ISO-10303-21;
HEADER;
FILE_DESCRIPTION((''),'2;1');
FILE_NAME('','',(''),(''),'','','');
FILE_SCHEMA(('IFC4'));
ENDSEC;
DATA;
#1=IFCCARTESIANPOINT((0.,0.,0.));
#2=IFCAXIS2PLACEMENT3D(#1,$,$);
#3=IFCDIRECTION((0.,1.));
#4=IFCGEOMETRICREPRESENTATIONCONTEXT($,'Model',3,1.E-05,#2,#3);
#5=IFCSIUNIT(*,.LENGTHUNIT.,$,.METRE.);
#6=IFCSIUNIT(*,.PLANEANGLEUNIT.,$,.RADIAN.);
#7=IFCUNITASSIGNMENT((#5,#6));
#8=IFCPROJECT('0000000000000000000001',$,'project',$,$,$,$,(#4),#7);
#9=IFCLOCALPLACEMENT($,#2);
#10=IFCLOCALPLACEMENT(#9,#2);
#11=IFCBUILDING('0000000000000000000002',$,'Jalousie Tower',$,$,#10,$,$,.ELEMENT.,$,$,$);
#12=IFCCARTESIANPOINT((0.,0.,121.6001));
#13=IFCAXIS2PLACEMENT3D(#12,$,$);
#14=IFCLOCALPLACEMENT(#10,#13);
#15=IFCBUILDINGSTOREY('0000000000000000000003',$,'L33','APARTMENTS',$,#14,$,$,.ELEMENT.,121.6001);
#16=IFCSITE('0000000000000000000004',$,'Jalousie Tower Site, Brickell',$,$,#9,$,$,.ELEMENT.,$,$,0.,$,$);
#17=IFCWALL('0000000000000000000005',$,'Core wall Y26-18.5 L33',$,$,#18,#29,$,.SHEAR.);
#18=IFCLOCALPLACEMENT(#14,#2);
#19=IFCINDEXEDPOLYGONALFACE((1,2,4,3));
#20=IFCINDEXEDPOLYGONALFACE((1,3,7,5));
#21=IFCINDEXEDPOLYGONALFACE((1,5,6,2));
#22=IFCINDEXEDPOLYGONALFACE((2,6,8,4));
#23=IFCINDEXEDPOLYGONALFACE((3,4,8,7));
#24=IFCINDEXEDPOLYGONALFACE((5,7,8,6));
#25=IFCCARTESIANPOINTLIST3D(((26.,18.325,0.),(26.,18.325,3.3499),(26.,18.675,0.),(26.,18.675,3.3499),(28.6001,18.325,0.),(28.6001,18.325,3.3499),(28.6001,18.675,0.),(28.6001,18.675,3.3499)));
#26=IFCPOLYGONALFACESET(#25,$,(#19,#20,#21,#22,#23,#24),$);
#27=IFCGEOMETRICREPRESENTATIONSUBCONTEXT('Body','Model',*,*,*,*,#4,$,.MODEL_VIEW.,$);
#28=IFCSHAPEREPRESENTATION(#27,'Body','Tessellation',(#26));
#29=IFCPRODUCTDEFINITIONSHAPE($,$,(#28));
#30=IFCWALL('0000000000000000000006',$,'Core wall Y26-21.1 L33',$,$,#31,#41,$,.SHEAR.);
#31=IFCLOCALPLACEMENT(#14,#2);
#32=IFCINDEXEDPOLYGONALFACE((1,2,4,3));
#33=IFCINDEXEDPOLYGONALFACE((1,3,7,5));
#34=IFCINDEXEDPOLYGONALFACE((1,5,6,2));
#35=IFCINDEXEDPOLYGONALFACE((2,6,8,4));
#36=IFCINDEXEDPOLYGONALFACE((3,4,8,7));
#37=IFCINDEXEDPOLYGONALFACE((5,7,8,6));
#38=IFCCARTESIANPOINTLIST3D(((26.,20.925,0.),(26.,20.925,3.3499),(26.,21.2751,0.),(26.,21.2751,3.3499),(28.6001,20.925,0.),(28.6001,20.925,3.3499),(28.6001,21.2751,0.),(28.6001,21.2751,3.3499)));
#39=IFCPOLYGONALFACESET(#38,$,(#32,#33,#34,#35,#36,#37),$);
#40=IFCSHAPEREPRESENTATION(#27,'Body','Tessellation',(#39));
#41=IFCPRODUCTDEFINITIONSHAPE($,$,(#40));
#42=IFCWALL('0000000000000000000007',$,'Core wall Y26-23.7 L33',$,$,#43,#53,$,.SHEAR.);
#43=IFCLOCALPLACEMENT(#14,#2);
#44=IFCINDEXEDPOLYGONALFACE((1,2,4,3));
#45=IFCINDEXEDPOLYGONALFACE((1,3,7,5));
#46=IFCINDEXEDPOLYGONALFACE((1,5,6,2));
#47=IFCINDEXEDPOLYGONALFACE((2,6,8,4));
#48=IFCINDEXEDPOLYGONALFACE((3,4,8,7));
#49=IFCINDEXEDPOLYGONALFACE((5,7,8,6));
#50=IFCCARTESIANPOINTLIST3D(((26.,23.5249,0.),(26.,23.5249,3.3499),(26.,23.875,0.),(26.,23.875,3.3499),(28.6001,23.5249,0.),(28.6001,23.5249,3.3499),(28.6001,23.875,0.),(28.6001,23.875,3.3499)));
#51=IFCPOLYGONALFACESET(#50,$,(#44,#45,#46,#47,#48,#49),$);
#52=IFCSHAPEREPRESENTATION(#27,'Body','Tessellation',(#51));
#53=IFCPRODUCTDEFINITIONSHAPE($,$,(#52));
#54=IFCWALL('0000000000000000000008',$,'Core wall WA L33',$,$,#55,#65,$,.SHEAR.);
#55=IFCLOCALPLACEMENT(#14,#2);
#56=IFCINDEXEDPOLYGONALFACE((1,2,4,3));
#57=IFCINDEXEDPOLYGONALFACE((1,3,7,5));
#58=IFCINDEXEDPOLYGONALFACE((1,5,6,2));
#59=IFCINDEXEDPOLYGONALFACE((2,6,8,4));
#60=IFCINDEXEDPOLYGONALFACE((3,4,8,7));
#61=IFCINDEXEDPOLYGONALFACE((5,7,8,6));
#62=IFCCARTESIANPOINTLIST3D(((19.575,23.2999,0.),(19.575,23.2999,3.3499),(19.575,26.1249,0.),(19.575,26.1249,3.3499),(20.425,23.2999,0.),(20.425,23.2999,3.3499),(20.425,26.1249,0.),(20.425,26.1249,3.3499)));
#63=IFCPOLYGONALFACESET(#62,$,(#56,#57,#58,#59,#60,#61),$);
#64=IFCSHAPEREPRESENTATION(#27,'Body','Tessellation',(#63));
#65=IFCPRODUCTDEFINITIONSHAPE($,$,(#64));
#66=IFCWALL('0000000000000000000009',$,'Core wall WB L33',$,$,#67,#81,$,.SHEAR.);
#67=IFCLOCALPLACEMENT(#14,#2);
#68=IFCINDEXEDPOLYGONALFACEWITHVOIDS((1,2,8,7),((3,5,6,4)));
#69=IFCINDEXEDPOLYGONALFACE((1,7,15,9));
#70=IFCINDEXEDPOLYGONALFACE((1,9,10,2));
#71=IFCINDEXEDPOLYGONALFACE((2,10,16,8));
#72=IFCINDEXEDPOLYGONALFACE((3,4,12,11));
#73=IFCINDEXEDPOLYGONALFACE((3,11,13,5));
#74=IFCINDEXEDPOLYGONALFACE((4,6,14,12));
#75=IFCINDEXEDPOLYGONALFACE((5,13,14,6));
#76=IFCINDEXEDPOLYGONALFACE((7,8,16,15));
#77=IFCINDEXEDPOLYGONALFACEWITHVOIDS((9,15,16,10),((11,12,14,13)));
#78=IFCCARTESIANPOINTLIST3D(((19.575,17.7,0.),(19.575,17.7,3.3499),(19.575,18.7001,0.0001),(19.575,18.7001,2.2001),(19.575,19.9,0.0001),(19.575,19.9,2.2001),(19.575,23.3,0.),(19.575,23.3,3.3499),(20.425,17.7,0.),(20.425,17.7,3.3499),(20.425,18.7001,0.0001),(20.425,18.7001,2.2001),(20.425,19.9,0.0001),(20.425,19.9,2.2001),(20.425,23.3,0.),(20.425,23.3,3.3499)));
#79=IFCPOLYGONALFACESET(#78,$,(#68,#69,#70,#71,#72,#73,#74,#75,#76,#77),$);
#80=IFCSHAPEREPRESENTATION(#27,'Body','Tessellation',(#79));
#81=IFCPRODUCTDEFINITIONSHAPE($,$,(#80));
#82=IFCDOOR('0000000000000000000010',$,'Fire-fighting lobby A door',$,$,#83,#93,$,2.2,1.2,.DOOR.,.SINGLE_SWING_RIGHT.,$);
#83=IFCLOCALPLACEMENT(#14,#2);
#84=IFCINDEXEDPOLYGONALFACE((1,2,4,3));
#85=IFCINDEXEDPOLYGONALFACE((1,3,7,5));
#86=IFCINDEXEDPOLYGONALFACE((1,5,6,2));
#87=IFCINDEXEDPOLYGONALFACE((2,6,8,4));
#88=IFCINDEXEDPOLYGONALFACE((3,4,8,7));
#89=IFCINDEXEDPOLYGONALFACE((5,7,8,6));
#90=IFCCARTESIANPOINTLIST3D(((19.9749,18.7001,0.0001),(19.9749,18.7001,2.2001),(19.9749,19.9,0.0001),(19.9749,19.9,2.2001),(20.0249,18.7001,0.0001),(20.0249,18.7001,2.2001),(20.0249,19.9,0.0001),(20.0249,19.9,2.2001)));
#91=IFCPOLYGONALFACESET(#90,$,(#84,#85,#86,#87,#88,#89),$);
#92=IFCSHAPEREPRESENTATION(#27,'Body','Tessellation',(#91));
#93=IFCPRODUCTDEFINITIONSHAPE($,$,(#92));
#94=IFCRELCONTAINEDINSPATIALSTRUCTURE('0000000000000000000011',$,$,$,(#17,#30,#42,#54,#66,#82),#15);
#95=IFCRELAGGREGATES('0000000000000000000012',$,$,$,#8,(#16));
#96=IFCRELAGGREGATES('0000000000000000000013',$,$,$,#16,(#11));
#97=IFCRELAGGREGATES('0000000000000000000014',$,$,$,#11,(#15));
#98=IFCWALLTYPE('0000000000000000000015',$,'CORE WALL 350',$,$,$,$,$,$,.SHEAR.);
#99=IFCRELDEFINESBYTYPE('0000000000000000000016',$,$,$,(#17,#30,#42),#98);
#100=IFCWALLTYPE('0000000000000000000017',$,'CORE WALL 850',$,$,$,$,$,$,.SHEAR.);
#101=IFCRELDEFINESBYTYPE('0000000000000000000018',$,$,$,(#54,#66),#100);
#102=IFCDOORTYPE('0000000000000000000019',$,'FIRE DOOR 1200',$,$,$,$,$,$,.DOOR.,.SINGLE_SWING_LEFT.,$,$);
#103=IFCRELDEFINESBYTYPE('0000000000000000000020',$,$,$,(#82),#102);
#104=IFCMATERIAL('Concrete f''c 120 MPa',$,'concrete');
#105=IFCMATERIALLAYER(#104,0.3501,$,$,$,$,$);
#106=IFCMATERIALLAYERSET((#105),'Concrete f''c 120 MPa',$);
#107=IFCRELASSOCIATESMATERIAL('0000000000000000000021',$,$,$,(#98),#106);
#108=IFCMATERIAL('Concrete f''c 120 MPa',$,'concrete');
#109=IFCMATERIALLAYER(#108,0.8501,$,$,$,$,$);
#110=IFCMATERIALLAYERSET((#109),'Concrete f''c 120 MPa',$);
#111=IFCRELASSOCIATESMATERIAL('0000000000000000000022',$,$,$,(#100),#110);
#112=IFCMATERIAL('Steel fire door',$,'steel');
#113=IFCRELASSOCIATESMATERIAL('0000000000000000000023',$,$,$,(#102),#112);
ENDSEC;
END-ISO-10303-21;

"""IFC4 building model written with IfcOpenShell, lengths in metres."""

from ifc_helpers import new_model, si_unit, direction, frame, frame_2d, origin, place, context, subcontext, project, spatial, rectangle, extrude, material, layer, layer_set, type_object, element, fill, save


model = new_model("IFC4")

# Units and contexts
model_context = context("Model", 3, precision=1e-05, world=origin(), true_north=direction((0.0, 1.0)))
body_context = subcontext(model_context, "Body", "Model", "MODEL_VIEW")
ifc_project = project(units=[si_unit("LENGTHUNIT", "METRE"), si_unit("PLANEANGLEUNIT", "RADIAN")], contexts=[model_context])

# Site, building, storey
site_placement = place(None, origin())
site = spatial("IfcSite", under=ifc_project, at=site_placement, Name="Jalousie Tower Site, Brickell", CompositionType="ELEMENT", RefElevation=0.0)
building_placement = place(site_placement, origin())
building = spatial("IfcBuilding", under=site, at=building_placement, Name="Jalousie Tower", CompositionType="ELEMENT")
storey_placement = place(building_placement, frame((0.0, 0.0, 121.6001)))
storey = spatial("IfcBuildingStorey", under=building, at=storey_placement, Name="L33", Description="APARTMENTS", CompositionType="ELEMENT", Elevation=121.6001)

# Shared definitions
ifc_material_1 = material(Name="Concrete f'c 120 MPa", Category="concrete")
ifc_layer_1 = layer(ifc_material_1, 0.3501)
ifc_layer_set_1 = layer_set([ifc_layer_1], Name="Concrete f'c 120 MPa")
wall_type_1 = type_object("IfcWallType", Name="CORE WALL 350", PredefinedType="SHEAR", material=ifc_layer_set_1)

# Walls
for number, where, z_axis, x_axis, name in (
    (1, (26.0, 18.5, 0.0), (0.0, 0.0, 1.0), (1.0, 0.0, 0.0), "Core wall Y26-18.5 L33"),
    (2, (26.0, 21.1001, 0.0), (0.0, 0.0, 1.0), (1.0, 0.0, 0.0), "Core wall Y26-21.1 L33"),
    (3, (26.0, 23.7, 0.0), (0.0, 0.0, 1.0), (1.0, 0.0, 0.0), "Core wall Y26-23.7 L33"),
):
    element("IfcWall", number, at=place(storey_placement, frame(where, z_axis=z_axis, x_axis=x_axis)), inside=storey, type_object=wall_type_1, Name=name, PredefinedType="SHEAR", context=body_context, shape_type="SweptSolid", body=[
        extrude(rectangle(XDim=2.6001, YDim=0.3501, at=frame_2d((1.3, 0.0))), origin(), (0.0, 0.0, 1.0), 3.3499),
    ])
ifc_material_2 = material(Name="Concrete f'c 120 MPa", Category="concrete")
ifc_layer_2 = layer(ifc_material_2, 0.8501)
ifc_layer_set_2 = layer_set([ifc_layer_2], Name="Concrete f'c 120 MPa")
wall_type_2 = type_object("IfcWallType", Name="CORE WALL 850", PredefinedType="SHEAR", material=ifc_layer_set_2)
wall_1_placement = place(storey_placement, frame((20.0, 26.125, 0.0), z_axis=(0.0, 0.0, 1.0), x_axis=(0.0, -1.0, 0.0)))
element("IfcWall", 4, at=wall_1_placement, inside=storey, type_object=wall_type_2, Name="Core wall WA L33", PredefinedType="SHEAR", context=body_context, shape_type="SweptSolid", body=[
    extrude(rectangle(XDim=2.825, YDim=0.8501, at=frame_2d((1.4126, 0.0))), origin(), (0.0, 0.0, 1.0), 3.3499),
])

# Wall, opening, door
wall_2_placement = place(storey_placement, frame((20.0, 23.3, 0.0), z_axis=(0.0, 0.0, 1.0), x_axis=(0.0, -1.0, 0.0)))
wall_2 = element("IfcWall", 5, at=wall_2_placement, inside=storey, type_object=wall_type_2, Name="Core wall WB L33", PredefinedType="SHEAR", context=body_context, shape_type="SweptSolid", body=[
    extrude(rectangle(XDim=5.6001, YDim=0.8501, at=frame_2d((2.8, 0.0))), origin(), (0.0, 0.0, 1.0), 3.3499),
])
opening_1_placement = place(wall_2_placement, frame((3.3999, 0.0, 0.0)))
opening_1 = element("IfcOpeningElement", 6, at=opening_1_placement, cuts=wall_2, PredefinedType="OPENING", context=body_context, shape_type="SweptSolid", body=[
    extrude(rectangle(XDim=1.2, YDim=2.2, at=frame_2d((0.6001, 1.1001))), frame((0.0, 0.4351, 0.0), z_axis=(0.0, -1.0, 0.0), x_axis=(1.0, 0.0, 0.0)), (0.0, 0.0, 1.0), 0.8701),
])
ifc_material_3 = material(Name="Steel fire door", Category="steel")
door_type_1 = type_object("IfcDoorType", Name="FIRE DOOR 1200", OperationType="SINGLE_SWING_LEFT", PredefinedType="DOOR", material=ifc_material_3)
door_1_placement = place(opening_1_placement, origin())
door_1 = element("IfcDoor", 7, at=door_1_placement, inside=storey, type_object=door_type_1, Name="Fire-fighting lobby A door", OperationType="SINGLE_SWING_RIGHT", OverallHeight=2.2, OverallWidth=1.2, PredefinedType="DOOR", context=body_context, shape_type="SweptSolid", body=[
    extrude(rectangle(XDim=1.2, YDim=2.2, at=frame_2d((0.6001, 1.1001))), frame((0.0, 0.0249, 0.0), z_axis=(0.0, -1.0, 0.0), x_axis=(1.0, 0.0, 0.0)), (0.0, 0.0, 1.0), 0.05),
])
fill(opening_1, door_1)

save(model, "model.ifc")
